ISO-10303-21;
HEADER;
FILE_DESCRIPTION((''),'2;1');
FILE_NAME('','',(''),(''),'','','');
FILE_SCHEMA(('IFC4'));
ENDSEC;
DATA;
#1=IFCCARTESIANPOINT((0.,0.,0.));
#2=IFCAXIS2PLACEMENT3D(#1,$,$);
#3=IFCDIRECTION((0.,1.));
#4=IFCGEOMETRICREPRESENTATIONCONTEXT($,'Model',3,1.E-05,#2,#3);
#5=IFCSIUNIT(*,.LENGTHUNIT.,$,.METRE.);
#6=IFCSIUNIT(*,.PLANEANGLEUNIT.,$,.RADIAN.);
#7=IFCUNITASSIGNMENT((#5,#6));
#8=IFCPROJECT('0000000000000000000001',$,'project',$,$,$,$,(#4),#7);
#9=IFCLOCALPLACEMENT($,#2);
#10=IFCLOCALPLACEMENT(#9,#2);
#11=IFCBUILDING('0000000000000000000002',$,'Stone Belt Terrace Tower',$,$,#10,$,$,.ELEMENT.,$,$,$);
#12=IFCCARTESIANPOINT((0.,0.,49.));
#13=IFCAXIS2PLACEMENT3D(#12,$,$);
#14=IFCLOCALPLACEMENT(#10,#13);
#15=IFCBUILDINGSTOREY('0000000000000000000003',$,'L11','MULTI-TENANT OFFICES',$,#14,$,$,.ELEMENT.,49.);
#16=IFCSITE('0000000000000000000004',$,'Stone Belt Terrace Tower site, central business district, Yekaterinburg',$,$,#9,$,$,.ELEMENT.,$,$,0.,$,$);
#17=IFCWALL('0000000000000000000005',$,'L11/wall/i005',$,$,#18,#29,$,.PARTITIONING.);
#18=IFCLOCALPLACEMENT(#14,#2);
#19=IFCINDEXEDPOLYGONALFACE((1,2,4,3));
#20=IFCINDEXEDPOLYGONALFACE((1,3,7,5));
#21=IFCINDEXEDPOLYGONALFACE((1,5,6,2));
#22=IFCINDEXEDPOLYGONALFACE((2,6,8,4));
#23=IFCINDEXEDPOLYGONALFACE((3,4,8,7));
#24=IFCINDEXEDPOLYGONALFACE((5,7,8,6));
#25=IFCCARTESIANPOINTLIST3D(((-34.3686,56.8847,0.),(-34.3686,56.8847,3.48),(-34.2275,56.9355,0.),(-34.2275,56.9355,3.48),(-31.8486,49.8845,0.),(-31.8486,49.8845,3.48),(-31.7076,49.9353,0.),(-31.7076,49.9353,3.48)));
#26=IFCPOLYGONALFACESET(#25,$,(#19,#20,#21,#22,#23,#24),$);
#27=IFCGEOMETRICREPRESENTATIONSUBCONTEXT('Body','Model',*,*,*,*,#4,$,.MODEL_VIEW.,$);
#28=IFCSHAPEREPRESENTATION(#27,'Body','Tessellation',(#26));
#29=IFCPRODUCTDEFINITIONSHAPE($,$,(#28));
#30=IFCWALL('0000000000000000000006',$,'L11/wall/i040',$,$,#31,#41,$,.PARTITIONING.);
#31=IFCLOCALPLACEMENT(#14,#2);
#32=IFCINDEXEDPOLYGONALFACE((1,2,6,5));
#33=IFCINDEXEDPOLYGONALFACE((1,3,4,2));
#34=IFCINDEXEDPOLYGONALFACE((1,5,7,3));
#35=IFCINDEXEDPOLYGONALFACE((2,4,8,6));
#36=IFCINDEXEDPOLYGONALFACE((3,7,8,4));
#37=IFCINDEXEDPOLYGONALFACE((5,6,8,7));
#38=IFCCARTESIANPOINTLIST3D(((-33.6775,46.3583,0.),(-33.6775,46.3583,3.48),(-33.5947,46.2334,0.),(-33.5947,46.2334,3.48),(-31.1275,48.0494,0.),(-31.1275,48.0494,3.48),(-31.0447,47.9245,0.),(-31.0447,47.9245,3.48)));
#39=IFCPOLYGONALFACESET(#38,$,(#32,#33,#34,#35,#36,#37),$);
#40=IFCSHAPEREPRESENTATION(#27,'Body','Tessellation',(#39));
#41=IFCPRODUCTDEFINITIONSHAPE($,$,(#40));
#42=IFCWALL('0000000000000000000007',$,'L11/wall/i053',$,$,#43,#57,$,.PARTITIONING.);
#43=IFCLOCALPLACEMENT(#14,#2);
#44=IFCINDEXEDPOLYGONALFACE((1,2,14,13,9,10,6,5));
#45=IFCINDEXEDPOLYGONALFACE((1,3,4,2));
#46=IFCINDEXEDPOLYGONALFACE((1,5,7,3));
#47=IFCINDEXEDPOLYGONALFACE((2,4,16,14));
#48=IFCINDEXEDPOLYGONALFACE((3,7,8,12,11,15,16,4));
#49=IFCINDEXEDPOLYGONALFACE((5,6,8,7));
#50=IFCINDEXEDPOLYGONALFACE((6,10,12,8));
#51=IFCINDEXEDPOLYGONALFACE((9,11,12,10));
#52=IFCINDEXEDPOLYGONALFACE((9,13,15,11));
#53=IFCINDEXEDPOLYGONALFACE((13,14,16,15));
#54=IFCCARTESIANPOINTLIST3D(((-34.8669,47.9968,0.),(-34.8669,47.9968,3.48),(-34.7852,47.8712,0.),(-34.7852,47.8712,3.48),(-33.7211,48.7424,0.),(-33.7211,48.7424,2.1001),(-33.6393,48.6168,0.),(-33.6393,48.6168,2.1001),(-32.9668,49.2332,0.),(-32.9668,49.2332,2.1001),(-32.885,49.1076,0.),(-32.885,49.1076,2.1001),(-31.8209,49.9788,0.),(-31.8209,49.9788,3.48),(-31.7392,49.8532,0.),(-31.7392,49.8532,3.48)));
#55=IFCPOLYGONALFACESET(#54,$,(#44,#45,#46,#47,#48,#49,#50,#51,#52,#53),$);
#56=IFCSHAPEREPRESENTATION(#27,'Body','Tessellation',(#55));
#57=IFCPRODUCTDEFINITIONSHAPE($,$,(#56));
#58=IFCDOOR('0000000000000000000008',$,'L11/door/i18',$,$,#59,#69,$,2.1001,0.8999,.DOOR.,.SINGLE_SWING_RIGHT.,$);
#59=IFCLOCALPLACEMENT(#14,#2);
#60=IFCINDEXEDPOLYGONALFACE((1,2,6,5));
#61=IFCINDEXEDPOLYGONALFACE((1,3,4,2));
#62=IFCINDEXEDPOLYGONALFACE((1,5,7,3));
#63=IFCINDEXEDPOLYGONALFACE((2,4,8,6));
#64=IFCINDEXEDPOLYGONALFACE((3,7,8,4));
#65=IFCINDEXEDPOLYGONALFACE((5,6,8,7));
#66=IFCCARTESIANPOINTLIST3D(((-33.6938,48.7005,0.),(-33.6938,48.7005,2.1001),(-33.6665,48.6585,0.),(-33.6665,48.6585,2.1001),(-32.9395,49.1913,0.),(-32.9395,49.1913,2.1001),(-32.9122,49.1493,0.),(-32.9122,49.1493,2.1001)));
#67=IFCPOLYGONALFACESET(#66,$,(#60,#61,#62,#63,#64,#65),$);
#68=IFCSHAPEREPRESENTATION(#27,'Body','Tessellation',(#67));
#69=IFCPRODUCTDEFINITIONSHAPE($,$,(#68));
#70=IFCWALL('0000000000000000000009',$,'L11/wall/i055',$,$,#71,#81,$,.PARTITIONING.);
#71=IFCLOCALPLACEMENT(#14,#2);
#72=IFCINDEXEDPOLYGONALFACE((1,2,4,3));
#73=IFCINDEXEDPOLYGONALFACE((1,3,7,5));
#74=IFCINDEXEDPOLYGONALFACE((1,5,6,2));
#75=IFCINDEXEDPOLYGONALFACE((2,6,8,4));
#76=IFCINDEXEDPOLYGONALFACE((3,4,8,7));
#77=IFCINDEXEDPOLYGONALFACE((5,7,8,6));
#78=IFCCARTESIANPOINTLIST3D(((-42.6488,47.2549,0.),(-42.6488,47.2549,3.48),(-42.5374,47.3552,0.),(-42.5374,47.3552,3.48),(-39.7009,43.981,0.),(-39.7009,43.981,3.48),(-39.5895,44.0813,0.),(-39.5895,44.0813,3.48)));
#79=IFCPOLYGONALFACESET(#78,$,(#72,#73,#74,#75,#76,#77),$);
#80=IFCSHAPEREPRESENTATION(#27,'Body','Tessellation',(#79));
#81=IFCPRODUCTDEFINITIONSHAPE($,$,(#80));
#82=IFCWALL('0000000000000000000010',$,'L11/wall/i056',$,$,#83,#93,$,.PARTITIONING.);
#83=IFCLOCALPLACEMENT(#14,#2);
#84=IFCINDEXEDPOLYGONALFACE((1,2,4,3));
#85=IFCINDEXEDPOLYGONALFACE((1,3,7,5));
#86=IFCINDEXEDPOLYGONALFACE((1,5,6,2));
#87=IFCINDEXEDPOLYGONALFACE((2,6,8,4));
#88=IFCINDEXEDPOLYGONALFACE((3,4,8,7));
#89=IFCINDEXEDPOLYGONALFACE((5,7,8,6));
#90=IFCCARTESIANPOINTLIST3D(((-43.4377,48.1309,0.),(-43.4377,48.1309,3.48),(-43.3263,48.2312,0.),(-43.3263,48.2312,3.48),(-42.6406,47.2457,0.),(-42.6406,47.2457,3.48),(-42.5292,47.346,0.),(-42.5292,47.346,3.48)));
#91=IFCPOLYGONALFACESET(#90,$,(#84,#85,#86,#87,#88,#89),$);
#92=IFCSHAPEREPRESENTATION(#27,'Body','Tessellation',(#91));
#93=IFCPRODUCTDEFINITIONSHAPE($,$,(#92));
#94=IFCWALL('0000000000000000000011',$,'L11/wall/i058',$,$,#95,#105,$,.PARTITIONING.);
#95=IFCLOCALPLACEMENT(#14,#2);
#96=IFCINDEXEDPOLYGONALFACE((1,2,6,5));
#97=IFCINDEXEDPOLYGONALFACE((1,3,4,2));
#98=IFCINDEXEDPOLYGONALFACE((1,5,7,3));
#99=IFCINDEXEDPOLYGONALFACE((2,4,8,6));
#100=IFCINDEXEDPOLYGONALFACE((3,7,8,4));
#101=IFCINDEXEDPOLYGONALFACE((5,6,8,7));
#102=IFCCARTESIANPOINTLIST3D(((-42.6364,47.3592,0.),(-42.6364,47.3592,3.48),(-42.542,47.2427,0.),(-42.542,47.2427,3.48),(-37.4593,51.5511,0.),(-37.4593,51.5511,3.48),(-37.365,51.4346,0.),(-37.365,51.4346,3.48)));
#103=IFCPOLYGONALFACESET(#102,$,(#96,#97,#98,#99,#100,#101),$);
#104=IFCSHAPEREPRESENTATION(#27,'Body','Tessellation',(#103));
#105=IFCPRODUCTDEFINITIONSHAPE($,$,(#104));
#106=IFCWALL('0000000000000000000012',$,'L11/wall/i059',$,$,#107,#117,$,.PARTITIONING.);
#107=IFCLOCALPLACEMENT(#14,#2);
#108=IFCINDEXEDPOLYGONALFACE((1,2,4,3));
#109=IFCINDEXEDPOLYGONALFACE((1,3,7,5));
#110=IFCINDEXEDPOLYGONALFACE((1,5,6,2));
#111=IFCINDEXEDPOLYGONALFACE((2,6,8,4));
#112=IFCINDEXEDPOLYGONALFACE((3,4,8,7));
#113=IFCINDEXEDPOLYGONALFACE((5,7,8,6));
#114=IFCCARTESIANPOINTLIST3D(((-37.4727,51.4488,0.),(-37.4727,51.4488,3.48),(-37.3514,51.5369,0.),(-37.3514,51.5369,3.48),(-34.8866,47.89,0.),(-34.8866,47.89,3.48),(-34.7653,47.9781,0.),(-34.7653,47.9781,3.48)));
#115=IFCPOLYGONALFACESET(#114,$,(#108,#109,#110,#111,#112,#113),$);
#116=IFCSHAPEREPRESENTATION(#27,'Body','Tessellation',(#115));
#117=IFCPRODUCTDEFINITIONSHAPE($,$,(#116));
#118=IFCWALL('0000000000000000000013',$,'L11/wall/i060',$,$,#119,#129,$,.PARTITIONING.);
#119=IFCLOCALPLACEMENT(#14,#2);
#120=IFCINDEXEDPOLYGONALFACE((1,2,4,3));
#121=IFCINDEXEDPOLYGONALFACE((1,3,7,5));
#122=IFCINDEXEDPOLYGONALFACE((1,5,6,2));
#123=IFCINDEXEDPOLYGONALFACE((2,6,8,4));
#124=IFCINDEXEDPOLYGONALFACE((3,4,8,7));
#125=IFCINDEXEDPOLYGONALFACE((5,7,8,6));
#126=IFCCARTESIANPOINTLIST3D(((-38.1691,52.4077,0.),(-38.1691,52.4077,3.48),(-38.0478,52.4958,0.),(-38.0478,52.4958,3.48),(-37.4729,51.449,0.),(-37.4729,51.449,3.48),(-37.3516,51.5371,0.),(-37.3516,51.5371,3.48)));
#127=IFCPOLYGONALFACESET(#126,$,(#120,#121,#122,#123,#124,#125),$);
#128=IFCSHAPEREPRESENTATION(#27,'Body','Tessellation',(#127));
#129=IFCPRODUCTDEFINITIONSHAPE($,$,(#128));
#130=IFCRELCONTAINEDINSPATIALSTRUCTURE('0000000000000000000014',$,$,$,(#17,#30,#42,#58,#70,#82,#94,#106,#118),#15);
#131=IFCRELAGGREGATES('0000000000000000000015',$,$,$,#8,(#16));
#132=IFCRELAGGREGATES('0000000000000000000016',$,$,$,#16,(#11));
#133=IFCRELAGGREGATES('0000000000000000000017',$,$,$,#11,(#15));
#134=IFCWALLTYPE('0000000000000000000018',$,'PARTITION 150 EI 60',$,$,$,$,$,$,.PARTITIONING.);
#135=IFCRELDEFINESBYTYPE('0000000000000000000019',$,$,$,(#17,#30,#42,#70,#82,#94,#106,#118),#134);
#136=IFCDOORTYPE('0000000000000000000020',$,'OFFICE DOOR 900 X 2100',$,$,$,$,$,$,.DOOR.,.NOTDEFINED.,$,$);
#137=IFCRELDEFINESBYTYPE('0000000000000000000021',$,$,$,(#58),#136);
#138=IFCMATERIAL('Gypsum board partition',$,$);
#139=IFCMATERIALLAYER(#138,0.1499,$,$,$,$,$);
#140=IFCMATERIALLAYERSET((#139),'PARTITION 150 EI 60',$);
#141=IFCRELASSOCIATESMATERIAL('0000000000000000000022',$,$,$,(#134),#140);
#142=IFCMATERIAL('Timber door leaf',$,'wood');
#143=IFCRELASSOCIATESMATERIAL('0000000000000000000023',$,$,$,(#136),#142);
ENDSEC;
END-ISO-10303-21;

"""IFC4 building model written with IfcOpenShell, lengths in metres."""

from ifc_helpers import new_model, si_unit, direction, frame, frame_2d, origin, place, context, subcontext, project, spatial, rectangle, extrude, material, layer, layer_set, type_object, element, fill, save


model = new_model("IFC4")

# Units and contexts
model_context = context("Model", 3, precision=1e-05, world=origin(), true_north=direction((0.0, 1.0)))
body_context = subcontext(model_context, "Body", "Model", "MODEL_VIEW")
ifc_project = project(units=[si_unit("LENGTHUNIT", "METRE"), si_unit("PLANEANGLEUNIT", "RADIAN")], contexts=[model_context])

# Site, building, storey
site_placement = place(None, origin())
site = spatial("IfcSite", under=ifc_project, at=site_placement, Name="Stone Belt Terrace Tower site, central business district, Yekaterinburg", CompositionType="ELEMENT", RefElevation=0.0)
building_placement = place(site_placement, origin())
building = spatial("IfcBuilding", under=site, at=building_placement, Name="Stone Belt Terrace Tower", CompositionType="ELEMENT")
storey_placement = place(building_placement, frame((0.0, 0.0, 49.0)))
storey = spatial("IfcBuildingStorey", under=building, at=storey_placement, Name="L11", Description="MULTI-TENANT OFFICES", CompositionType="ELEMENT", Elevation=49.0)

# Shared definitions
ifc_material_1 = material(Name="Gypsum board partition")
ifc_layer_1 = layer(ifc_material_1, 0.1499)
ifc_layer_set_1 = layer_set([ifc_layer_1], Name="PARTITION 150 EI 60")
wall_type = type_object("IfcWallType", Name="PARTITION 150 EI 60", PredefinedType="PARTITIONING", material=ifc_layer_set_1)

# Shared definitions
ifc_material_2 = material(Name="Timber door leaf", Category="wood")

# Walls
wall_1_placement = place(storey_placement, frame((-31.7781, 49.9099, 0.0), z_axis=(0.0, 0.0, 1.0), x_axis=(-0.338711, 0.94089, 0.0)))
element("IfcWall", 1, at=wall_1_placement, inside=storey, type_object=wall_type, Name="L11/wall/i005", PredefinedType="PARTITIONING", context=body_context, shape_type="SweptSolid", body=[
    extrude(rectangle(XDim=7.4399, YDim=0.1499, at=frame_2d((3.72, 0.0))), origin(), (0.0, 0.0, 1.0), 3.48),
])
wall_2_placement = place(storey_placement, frame((-33.636, 46.2959, 0.0), z_axis=(0.0, 0.0, 1.0), x_axis=(0.833386, 0.552692, 0.0)))
element("IfcWall", 2, at=wall_2_placement, inside=storey, type_object=wall_type, Name="L11/wall/i040", PredefinedType="PARTITIONING", context=body_context, shape_type="SweptSolid", body=[
    extrude(rectangle(XDim=3.0598, YDim=0.1499, at=frame_2d((1.5298, 0.0))), origin(), (0.0, 0.0, 1.0), 3.48),
])

# Wall, opening, door
wall_3_placement = place(storey_placement, frame((-34.8259, 47.9341, 0.0), z_axis=(0.0, 0.0, 1.0), x_axis=(0.83818, 0.545394, 0.0)))
wall_3 = element("IfcWall", 3, at=wall_3_placement, inside=storey, type_object=wall_type, Name="L11/wall/i053", PredefinedType="PARTITIONING", context=body_context, shape_type="SweptSolid", body=[
    extrude(rectangle(XDim=3.634, YDim=0.1499, at=frame_2d((1.8169, 0.0))), origin(), (0.0, 0.0, 1.0), 3.48),
])
opening_1_placement = place(wall_3_placement, frame((1.3669, 0.0, 0.0)))
opening_1 = element("IfcOpeningElement", 4, at=opening_1_placement, cuts=wall_3, PredefinedType="OPENING", context=body_context, shape_type="SweptSolid", body=[
    extrude(rectangle(XDim=0.8999, YDim=2.1001, at=frame_2d((0.45, 1.05))), frame((0.0, 0.085, 0.0), z_axis=(0.0, -1.0, 0.0), x_axis=(1.0, 0.0, 0.0)), (0.0, 0.0, 1.0), 0.1699),
])
door_type_1 = type_object("IfcDoorType", Name="OFFICE DOOR 900 X 2100", OperationType="NOTDEFINED", PredefinedType="DOOR", material=ifc_material_2)
door_1_placement = place(opening_1_placement, origin())
door_1 = element("IfcDoor", 5, at=door_1_placement, inside=storey, type_object=door_type_1, Name="L11/door/i18", OperationType="SINGLE_SWING_RIGHT", OverallHeight=2.1001, OverallWidth=0.8999, PredefinedType="DOOR", context=body_context, shape_type="SweptSolid", body=[
    extrude(rectangle(XDim=0.8999, YDim=2.1001, at=frame_2d((0.45, 1.05))), frame((0.0, 0.0249, 0.0), z_axis=(0.0, -1.0, 0.0), x_axis=(1.0, 0.0, 0.0)), (0.0, 0.0, 1.0), 0.05),
])
fill(opening_1, door_1)

# Walls
wall_4_placement = place(storey_placement, frame((-42.593, 47.3049, 0.0), z_axis=(0.0, 0.0, 1.0), x_axis=(0.669148, -0.743129, 0.0)))
element("IfcWall", 6, at=wall_4_placement, inside=storey, type_object=wall_type, Name="L11/wall/i055", PredefinedType="PARTITIONING", context=body_context, shape_type="SweptSolid", body=[
    extrude(rectangle(XDim=4.4055, YDim=0.1499, at=frame_2d((2.2026, 0.0))), origin(), (0.0, 0.0, 1.0), 3.48),
])
wall_5_placement = place(storey_placement, frame((-43.3821, 48.1812, 0.0), z_axis=(0.0, 0.0, 1.0), x_axis=(0.669146, -0.743131, 0.0)))
element("IfcWall", 7, at=wall_5_placement, inside=storey, type_object=wall_type, Name="L11/wall/i056", PredefinedType="PARTITIONING", context=body_context, shape_type="SweptSolid", body=[
    extrude(rectangle(XDim=1.1912, YDim=0.1499, at=frame_2d((0.5957, 0.0))), origin(), (0.0, 0.0, 1.0), 3.48),
])
wall_6_placement = place(storey_placement, frame((-42.5891, 47.301, 0.0), z_axis=(0.0, 0.0, 1.0), x_axis=(0.777172, 0.629288, 0.0)))
element("IfcWall", 8, at=wall_6_placement, inside=storey, type_object=wall_type, Name="L11/wall/i058", PredefinedType="PARTITIONING", context=body_context, shape_type="SweptSolid", body=[
    extrude(rectangle(XDim=6.6614, YDim=0.1499, at=frame_2d((3.3306, 0.0))), origin(), (0.0, 0.0, 1.0), 3.48),
])
wall_7_placement = place(storey_placement, frame((-37.4121, 51.4929, 0.0), z_axis=(0.0, 0.0, 1.0), x_axis=(0.587865, -0.808959, 0.0)))
element("IfcWall", 9, at=wall_7_placement, inside=storey, type_object=wall_type, Name="L11/wall/i059", PredefinedType="PARTITIONING", context=body_context, shape_type="SweptSolid", body=[
    extrude(rectangle(XDim=4.3992, YDim=0.1499, at=frame_2d((2.1997, 0.0))), origin(), (0.0, 0.0, 1.0), 3.48),
])
wall_8_placement = place(storey_placement, frame((-38.1084, 52.4517, 0.0), z_axis=(0.0, 0.0, 1.0), x_axis=(0.587633, -0.809128, 0.0)))
element("IfcWall", 10, at=wall_8_placement, inside=storey, type_object=wall_type, Name="L11/wall/i060", PredefinedType="PARTITIONING", context=body_context, shape_type="SweptSolid", body=[
    extrude(rectangle(XDim=1.1848, YDim=0.1499, at=frame_2d((0.5923, 0.0))), origin(), (0.0, 0.0, 1.0), 3.48),
])

save(model, "model.ifc")
